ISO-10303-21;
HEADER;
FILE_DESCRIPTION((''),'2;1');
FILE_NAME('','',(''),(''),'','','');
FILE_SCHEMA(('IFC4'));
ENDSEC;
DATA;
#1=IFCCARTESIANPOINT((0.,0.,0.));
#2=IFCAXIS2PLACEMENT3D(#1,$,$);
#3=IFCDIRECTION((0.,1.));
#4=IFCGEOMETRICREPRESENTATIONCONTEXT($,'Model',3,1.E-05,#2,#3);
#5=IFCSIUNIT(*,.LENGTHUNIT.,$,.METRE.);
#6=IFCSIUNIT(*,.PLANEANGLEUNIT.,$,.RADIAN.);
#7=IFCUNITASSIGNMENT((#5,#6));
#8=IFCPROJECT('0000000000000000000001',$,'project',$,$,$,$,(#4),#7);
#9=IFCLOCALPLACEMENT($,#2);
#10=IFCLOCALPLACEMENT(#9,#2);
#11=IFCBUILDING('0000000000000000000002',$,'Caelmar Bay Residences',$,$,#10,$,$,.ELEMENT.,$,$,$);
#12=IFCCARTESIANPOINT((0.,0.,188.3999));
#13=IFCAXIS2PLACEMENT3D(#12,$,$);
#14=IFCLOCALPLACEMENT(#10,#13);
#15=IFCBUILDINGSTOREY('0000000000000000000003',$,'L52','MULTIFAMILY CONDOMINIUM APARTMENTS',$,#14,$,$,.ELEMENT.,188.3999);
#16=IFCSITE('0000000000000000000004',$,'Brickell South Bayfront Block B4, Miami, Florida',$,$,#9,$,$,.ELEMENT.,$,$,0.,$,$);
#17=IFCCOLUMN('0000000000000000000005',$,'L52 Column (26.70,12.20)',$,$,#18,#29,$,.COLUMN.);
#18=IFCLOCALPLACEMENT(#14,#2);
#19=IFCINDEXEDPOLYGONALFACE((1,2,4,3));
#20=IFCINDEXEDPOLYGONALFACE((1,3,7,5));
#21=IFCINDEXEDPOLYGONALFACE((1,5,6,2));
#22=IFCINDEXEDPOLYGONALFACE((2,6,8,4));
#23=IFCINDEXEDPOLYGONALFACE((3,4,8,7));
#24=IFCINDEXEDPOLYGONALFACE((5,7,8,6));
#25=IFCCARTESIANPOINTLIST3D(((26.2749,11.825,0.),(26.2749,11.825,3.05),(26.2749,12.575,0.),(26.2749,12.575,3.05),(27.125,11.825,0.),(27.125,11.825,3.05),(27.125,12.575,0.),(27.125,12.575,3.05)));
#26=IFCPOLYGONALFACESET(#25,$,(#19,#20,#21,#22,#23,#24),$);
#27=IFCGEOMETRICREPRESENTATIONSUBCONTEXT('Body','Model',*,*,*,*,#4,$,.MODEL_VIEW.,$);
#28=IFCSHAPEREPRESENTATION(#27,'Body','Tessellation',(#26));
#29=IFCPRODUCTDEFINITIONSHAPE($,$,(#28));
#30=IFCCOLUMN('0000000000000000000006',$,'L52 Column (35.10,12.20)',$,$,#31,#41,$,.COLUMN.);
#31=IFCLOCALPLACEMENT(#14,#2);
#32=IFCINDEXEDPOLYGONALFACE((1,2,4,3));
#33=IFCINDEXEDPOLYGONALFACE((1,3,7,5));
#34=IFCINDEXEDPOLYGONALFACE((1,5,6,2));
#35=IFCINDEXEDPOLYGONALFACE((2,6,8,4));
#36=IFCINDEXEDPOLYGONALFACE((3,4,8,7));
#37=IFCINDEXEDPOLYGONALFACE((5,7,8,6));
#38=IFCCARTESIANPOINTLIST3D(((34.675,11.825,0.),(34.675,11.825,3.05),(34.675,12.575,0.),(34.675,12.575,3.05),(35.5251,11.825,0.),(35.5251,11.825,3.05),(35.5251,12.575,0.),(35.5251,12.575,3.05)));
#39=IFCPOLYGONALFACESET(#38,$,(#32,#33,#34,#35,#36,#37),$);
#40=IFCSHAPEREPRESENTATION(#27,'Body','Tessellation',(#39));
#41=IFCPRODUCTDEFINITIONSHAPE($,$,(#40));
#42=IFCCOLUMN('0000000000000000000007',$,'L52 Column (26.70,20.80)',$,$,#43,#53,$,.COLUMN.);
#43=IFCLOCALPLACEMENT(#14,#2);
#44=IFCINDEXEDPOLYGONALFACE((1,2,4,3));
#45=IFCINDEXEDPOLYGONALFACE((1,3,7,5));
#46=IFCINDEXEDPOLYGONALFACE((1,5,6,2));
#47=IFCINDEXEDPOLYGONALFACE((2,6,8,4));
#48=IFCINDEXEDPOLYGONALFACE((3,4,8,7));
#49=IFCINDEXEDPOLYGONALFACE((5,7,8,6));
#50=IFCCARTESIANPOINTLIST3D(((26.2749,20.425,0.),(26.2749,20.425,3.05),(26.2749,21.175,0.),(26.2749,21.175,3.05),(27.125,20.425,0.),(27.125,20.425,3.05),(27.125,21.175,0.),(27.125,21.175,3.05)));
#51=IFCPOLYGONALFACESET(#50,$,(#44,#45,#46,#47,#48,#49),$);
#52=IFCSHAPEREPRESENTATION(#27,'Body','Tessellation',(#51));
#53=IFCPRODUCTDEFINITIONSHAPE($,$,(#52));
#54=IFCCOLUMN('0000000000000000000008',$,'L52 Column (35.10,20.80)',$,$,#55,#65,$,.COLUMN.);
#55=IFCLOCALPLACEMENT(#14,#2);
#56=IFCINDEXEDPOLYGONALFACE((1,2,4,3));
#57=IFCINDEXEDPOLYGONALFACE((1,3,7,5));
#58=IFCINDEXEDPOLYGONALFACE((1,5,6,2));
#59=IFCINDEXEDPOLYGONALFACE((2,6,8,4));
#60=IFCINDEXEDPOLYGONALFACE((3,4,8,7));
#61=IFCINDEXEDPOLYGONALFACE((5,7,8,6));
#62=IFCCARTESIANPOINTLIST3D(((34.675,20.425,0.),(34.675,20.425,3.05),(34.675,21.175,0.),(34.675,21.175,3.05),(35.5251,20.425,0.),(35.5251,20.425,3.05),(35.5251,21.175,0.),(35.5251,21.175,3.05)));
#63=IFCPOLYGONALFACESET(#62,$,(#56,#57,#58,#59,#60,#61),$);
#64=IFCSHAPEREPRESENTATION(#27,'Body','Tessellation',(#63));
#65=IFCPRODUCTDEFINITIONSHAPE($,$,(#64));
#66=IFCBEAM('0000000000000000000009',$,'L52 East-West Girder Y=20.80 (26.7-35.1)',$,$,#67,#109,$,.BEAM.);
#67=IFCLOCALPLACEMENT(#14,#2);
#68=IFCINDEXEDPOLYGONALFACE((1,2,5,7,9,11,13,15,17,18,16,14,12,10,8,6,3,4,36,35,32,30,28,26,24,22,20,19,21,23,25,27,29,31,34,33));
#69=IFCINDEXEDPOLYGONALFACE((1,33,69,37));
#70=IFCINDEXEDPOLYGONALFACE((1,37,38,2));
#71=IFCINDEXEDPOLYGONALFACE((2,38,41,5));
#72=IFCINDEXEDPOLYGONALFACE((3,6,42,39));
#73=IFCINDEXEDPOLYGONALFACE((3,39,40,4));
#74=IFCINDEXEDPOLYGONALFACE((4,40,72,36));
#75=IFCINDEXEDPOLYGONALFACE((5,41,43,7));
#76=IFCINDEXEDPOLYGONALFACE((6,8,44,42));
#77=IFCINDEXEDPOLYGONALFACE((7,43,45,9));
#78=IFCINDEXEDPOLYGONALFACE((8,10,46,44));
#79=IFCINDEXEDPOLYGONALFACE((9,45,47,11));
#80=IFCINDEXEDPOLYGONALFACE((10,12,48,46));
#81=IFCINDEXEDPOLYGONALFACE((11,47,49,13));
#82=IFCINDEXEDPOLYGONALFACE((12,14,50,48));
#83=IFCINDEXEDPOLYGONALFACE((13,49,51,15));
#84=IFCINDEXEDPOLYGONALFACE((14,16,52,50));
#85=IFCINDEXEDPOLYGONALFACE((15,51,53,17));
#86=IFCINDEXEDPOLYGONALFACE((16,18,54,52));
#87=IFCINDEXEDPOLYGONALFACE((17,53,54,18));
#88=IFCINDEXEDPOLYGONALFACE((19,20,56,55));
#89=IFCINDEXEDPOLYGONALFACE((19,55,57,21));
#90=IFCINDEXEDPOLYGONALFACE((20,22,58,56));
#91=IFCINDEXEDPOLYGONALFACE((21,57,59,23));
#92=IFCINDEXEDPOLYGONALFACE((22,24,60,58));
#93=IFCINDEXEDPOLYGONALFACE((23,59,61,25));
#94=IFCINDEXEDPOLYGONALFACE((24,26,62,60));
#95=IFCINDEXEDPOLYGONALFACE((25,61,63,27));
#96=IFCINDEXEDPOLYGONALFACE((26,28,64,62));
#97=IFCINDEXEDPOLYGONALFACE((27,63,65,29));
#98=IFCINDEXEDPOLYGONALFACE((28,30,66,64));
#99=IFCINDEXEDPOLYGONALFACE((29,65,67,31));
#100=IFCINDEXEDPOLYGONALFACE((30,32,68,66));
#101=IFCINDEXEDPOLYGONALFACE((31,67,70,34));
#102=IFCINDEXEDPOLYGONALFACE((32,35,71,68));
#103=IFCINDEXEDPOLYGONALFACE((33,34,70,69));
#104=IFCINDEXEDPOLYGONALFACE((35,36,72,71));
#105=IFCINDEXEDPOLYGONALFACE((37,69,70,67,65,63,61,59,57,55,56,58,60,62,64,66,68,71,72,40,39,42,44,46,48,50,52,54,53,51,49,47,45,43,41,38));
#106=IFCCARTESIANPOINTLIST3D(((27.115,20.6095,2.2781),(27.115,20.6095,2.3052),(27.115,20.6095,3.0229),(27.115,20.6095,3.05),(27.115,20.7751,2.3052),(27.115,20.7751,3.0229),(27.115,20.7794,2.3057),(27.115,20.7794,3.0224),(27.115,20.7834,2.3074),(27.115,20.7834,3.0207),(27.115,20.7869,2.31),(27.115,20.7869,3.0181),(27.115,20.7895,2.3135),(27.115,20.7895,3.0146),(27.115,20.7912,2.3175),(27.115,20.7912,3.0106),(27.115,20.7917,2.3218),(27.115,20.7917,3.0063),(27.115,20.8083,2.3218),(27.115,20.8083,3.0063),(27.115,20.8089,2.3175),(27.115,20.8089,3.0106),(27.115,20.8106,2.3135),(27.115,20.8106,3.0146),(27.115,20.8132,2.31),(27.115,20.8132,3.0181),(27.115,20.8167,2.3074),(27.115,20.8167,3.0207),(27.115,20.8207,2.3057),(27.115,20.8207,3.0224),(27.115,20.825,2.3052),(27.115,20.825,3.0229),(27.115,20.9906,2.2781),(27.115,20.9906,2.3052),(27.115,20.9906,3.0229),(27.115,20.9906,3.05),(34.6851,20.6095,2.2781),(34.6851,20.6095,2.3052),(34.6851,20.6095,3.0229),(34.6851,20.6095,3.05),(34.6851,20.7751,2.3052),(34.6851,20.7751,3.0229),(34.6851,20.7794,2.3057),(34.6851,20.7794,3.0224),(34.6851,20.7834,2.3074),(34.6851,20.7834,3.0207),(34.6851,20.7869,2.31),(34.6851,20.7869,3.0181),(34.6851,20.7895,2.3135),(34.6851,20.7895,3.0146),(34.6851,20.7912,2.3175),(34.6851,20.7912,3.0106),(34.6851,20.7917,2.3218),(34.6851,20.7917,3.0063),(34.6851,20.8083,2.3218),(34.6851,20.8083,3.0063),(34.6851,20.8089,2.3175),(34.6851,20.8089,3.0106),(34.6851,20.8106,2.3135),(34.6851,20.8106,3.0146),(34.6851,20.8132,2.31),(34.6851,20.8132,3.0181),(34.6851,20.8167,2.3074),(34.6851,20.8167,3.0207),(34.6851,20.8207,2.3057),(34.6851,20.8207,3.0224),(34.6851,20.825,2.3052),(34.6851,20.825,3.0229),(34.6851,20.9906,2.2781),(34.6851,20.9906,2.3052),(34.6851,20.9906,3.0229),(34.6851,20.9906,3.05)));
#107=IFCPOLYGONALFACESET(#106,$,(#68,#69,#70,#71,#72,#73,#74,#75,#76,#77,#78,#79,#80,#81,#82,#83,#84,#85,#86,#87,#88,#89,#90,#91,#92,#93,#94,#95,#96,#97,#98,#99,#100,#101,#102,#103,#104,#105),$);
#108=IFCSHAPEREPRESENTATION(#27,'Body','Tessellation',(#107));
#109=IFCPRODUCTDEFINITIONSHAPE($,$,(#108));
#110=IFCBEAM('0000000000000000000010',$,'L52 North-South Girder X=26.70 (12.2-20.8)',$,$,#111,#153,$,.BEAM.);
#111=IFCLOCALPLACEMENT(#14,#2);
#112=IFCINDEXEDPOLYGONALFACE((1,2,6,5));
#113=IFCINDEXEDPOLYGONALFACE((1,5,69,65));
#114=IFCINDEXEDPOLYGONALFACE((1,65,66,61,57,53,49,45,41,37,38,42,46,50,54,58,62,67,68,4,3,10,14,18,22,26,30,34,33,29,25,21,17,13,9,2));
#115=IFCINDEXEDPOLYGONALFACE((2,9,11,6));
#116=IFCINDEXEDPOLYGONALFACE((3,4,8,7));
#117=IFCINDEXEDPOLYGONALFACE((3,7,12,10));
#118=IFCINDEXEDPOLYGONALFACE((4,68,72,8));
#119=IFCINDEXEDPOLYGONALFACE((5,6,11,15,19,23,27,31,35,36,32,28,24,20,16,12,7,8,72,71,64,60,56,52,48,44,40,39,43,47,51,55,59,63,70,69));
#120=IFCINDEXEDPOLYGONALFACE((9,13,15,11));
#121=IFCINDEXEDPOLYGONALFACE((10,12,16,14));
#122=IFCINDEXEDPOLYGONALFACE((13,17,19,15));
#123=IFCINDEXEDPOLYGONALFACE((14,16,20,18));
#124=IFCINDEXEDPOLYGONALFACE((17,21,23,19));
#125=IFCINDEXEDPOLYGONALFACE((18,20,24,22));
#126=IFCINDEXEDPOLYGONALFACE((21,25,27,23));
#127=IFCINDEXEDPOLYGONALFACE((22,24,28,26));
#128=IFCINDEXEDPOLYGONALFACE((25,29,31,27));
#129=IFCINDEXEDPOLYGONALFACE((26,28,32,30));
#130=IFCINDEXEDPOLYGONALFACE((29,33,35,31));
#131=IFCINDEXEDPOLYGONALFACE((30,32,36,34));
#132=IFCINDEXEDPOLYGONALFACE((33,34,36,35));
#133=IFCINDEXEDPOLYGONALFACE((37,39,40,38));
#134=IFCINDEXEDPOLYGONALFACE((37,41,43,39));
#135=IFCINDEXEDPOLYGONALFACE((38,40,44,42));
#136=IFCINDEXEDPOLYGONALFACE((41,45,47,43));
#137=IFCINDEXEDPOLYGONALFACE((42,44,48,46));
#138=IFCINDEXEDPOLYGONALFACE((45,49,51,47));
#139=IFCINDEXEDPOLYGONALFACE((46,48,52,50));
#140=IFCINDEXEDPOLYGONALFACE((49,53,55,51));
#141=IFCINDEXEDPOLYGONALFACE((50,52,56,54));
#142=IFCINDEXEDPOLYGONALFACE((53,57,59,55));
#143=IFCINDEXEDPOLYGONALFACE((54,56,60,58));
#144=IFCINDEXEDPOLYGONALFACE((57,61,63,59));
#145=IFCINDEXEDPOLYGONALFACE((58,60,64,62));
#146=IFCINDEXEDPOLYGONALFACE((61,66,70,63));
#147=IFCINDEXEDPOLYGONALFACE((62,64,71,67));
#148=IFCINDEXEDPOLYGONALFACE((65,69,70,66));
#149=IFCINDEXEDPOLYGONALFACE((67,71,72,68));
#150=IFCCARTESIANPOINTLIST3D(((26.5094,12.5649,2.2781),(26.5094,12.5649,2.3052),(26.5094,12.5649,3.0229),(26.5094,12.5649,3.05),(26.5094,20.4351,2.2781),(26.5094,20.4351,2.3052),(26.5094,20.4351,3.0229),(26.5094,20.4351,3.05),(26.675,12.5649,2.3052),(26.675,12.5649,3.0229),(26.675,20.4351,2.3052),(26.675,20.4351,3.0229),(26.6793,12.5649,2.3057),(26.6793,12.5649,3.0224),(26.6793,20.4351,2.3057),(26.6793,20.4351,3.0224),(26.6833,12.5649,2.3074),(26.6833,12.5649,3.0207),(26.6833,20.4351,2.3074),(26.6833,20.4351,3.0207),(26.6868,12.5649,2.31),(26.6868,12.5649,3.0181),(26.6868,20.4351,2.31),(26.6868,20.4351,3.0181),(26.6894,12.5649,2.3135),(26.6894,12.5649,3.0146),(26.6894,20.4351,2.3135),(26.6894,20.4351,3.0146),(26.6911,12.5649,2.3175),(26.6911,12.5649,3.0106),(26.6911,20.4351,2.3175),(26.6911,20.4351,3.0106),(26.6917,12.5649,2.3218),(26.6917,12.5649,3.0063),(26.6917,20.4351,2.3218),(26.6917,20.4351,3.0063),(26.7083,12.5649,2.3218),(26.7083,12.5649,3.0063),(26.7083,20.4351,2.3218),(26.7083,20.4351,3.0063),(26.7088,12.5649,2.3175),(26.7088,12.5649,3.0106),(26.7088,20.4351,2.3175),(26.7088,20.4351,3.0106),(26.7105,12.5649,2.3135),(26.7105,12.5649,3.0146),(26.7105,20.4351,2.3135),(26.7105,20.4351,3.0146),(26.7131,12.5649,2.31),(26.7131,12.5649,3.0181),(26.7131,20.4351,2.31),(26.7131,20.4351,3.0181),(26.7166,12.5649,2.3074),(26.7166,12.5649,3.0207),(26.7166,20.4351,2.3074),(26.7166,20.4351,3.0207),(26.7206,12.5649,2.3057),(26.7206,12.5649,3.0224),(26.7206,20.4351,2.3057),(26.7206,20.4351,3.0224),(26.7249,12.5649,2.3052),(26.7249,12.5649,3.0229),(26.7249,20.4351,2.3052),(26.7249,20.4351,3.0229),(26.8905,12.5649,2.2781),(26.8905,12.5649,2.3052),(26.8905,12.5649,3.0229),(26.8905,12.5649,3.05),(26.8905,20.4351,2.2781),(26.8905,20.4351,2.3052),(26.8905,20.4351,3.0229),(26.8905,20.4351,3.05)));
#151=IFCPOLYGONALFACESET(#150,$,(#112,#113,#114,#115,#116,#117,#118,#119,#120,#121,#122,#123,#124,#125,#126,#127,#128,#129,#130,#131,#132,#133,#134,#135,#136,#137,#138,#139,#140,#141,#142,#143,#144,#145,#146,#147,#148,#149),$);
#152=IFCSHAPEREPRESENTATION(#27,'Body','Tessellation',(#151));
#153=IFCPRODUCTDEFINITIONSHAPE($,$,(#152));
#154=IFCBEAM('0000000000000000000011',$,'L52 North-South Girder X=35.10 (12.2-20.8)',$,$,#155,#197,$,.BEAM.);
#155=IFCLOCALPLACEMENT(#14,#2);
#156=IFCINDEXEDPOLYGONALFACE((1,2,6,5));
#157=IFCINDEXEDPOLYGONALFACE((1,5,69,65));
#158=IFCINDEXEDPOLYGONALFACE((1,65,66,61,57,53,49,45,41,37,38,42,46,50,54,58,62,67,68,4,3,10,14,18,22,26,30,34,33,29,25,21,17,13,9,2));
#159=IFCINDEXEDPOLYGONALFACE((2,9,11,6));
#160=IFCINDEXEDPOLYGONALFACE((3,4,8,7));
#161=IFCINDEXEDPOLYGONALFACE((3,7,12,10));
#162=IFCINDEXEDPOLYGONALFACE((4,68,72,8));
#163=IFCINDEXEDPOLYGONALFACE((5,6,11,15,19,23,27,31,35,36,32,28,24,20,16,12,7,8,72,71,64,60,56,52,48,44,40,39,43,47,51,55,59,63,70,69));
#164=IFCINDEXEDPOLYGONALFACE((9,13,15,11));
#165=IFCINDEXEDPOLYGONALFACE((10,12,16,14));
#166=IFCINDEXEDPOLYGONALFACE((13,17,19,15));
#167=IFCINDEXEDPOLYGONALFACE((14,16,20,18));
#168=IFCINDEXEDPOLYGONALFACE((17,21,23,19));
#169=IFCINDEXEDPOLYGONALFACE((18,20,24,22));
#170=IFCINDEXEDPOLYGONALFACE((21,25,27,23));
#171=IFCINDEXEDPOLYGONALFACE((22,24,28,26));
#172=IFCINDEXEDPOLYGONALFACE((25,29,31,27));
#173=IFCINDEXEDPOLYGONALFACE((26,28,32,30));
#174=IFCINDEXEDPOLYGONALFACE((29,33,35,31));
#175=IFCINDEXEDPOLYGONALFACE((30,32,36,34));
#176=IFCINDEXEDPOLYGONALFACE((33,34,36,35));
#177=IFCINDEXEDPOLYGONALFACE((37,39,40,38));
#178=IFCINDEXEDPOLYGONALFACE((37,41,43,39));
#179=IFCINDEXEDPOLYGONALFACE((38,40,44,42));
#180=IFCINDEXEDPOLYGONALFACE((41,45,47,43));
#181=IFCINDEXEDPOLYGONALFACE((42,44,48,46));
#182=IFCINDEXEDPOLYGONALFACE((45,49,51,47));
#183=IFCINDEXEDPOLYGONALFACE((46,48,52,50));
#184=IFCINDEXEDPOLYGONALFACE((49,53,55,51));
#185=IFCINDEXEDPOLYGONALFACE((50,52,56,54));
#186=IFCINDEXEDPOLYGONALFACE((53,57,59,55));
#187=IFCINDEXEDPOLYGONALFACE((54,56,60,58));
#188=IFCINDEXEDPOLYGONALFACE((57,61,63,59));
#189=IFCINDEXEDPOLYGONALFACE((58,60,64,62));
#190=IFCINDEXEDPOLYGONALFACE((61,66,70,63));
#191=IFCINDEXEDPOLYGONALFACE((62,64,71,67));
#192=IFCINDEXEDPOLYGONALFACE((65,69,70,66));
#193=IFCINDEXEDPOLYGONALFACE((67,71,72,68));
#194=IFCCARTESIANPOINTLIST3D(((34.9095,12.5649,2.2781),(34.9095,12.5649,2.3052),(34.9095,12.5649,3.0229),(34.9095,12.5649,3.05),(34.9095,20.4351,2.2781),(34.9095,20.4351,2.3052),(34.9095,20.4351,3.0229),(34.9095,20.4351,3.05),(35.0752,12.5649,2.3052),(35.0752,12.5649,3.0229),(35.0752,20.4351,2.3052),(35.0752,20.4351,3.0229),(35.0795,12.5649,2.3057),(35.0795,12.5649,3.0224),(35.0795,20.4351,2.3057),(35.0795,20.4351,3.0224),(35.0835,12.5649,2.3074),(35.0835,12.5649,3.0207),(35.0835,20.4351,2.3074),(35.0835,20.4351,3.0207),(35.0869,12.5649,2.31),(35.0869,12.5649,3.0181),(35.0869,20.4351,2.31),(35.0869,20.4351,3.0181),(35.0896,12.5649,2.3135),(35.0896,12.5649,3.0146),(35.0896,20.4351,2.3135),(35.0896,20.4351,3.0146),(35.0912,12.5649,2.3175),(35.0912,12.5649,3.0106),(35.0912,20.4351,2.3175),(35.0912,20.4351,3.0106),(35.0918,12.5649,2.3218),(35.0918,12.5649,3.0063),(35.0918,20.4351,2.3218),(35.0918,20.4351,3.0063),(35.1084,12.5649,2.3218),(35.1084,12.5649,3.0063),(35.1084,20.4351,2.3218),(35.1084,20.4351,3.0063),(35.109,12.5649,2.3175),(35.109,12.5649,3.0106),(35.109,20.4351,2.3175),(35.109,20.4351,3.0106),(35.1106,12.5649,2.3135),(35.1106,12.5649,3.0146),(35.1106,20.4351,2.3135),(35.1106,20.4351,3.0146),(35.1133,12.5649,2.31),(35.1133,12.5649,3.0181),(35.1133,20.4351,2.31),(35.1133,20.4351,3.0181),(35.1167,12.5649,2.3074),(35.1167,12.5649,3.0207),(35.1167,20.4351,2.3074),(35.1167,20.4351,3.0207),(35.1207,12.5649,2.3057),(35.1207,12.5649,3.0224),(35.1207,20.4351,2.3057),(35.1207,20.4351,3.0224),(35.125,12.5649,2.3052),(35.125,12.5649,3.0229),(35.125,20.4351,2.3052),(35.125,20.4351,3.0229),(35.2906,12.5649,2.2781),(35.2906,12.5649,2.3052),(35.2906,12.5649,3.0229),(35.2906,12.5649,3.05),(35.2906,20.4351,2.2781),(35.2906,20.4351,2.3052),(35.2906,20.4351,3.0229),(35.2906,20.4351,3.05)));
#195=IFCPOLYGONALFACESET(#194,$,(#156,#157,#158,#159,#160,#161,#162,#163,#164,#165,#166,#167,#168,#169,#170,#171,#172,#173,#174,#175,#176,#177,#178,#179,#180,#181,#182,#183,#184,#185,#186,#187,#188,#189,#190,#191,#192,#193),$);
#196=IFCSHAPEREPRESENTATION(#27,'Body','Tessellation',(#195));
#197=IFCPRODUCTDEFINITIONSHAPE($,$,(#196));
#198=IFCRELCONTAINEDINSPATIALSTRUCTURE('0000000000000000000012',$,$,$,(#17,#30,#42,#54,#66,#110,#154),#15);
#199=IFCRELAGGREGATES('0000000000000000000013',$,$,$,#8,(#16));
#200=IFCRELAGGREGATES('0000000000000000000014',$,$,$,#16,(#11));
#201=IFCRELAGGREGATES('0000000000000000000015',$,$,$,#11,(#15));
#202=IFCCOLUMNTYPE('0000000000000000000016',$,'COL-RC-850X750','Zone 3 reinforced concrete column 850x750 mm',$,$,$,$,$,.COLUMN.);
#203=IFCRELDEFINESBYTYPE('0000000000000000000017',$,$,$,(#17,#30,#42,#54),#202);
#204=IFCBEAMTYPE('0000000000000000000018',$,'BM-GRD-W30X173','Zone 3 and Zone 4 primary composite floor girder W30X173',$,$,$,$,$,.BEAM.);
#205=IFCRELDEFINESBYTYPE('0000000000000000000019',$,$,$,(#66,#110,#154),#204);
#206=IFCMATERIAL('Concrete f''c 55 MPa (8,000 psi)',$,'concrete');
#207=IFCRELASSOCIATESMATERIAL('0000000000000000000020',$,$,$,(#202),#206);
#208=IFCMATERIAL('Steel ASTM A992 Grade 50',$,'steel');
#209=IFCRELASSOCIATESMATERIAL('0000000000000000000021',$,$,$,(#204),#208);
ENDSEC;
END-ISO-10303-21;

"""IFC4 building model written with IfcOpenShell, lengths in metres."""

from ifc_helpers import new_model, si_unit, direction, frame, origin, origin_2d, place, context, subcontext, project, spatial, rectangle, i_section, extrude, material, material_profile, profile_set, type_object, element, save


model = new_model("IFC4")

# Units and contexts
model_context = context("Model", 3, precision=1e-05, world=origin(), true_north=direction((0.0, 1.0)))
body_context = subcontext(model_context, "Body", "Model", "MODEL_VIEW")
ifc_project = project(units=[si_unit("LENGTHUNIT", "METRE"), si_unit("PLANEANGLEUNIT", "RADIAN")], contexts=[model_context])

# Site, building, storey
site_placement = place(None, origin())
site = spatial("IfcSite", under=ifc_project, at=site_placement, Name="Brickell South Bayfront Block B4, Miami, Florida", CompositionType="ELEMENT", RefElevation=0.0)
building_placement = place(site_placement, origin())
building = spatial("IfcBuilding", under=site, at=building_placement, Name="Caelmar Bay Residences", CompositionType="ELEMENT")
storey_placement = place(building_placement, frame((0.0, 0.0, 188.3999)))
storey = spatial("IfcBuildingStorey", under=building, at=storey_placement, Name="L52", Description="MULTIFAMILY CONDOMINIUM APARTMENTS", CompositionType="ELEMENT", Elevation=188.3999)

# Columns
ifc_material_1 = material(Name="Concrete f'c 55 MPa (8,000 psi)", Category="concrete")
ifc_material_profile_1 = material_profile(ifc_material_1, rectangle(XDim=0.8501, YDim=0.75, at=origin_2d()), Name="RC-COL-850X750")
ifc_profile_set_1 = profile_set([ifc_material_profile_1], Name="Concrete f'c 55 MPa (8,000 psi)")
column_type = type_object("IfcColumnType", Name="COL-RC-850X750", Description="Zone 3 reinforced concrete column 850x750 mm", PredefinedType="COLUMN", material=ifc_profile_set_1)
for number, where, z_axis, x_axis, name in (
    (1, (26.7, 12.2, 0.0), (0.0, 0.0, 1.0), (1.0, 0.0, 0.0), "L52 Column (26.70,12.20)"),
    (2, (35.1001, 12.2, 0.0), (0.0, 0.0, 1.0), (1.0, 0.0, 0.0), "L52 Column (35.10,12.20)"),
    (3, (26.7, 20.8, 0.0), (0.0, 0.0, 1.0), (1.0, 0.0, 0.0), "L52 Column (26.70,20.80)"),
    (4, (35.1001, 20.8, 0.0), (0.0, 0.0, 1.0), (1.0, 0.0, 0.0), "L52 Column (35.10,20.80)"),
):
    element("IfcColumn", number, at=place(storey_placement, frame(where, z_axis=z_axis, x_axis=x_axis)), inside=storey, type_object=column_type, Name=name, PredefinedType="COLUMN", context=body_context, shape_type="SweptSolid", body=[
        extrude(rectangle(XDim=0.8501, YDim=0.75, at=origin_2d()), origin(), (0.0, 0.0, 1.0), 3.05),
    ])

# Beams
ifc_material_2 = material(Name="Steel ASTM A992 Grade 50", Category="steel")
ifc_material_profile_2 = material_profile(ifc_material_2, i_section(OverallWidth=0.3811, OverallDepth=0.772, WebThickness=0.0166, FlangeThickness=0.0271, FilletRadius=0.0166, at=origin_2d()), Name="W30X173")
ifc_profile_set_2 = profile_set([ifc_material_profile_2], Name="Steel ASTM A992 Grade 50")
beam_type_1 = type_object("IfcBeamType", Name="BM-GRD-W30X173", Description="Zone 3 and Zone 4 primary composite floor girder W30X173", PredefinedType="BEAM", material=ifc_profile_set_2)
beam_1_placement = place(storey_placement, frame((27.115, 20.8, 2.6641), z_axis=(1.0, 0.0, 0.0), x_axis=(0.0, 1.0, 0.0)))
element("IfcBeam", 5, at=beam_1_placement, inside=storey, type_object=beam_type_1, Name="L52 East-West Girder Y=20.80 (26.7-35.1)", PredefinedType="BEAM", context=body_context, shape_type="SweptSolid", body=[
    extrude(i_section(OverallWidth=0.3811, OverallDepth=0.772, WebThickness=0.0166, FlangeThickness=0.0271, FilletRadius=0.0166, at=origin_2d()), origin(), (0.0, 0.0, 1.0), 7.5701),
])
for number, where, z_axis, x_axis, name in (
    (6, (26.7, 12.5649, 2.6641), (0.0, 1.0, 0.0), (-1.0, 0.0, 0.0), "L52 North-South Girder X=26.70 (12.2-20.8)"),
    (7, (35.1001, 12.5649, 2.6641), (0.0, 1.0, 0.0), (-1.0, 0.0, 0.0), "L52 North-South Girder X=35.10 (12.2-20.8)"),
):
    element("IfcBeam", number, at=place(storey_placement, frame(where, z_axis=z_axis, x_axis=x_axis)), inside=storey, type_object=beam_type_1, Name=name, PredefinedType="BEAM", context=body_context, shape_type="SweptSolid", body=[
        extrude(i_section(OverallWidth=0.3811, OverallDepth=0.772, WebThickness=0.0166, FlangeThickness=0.0271, FilletRadius=0.0166, at=origin_2d()), origin(), (0.0, 0.0, 1.0), 7.8701),
    ])

save(model, "model.ifc")
